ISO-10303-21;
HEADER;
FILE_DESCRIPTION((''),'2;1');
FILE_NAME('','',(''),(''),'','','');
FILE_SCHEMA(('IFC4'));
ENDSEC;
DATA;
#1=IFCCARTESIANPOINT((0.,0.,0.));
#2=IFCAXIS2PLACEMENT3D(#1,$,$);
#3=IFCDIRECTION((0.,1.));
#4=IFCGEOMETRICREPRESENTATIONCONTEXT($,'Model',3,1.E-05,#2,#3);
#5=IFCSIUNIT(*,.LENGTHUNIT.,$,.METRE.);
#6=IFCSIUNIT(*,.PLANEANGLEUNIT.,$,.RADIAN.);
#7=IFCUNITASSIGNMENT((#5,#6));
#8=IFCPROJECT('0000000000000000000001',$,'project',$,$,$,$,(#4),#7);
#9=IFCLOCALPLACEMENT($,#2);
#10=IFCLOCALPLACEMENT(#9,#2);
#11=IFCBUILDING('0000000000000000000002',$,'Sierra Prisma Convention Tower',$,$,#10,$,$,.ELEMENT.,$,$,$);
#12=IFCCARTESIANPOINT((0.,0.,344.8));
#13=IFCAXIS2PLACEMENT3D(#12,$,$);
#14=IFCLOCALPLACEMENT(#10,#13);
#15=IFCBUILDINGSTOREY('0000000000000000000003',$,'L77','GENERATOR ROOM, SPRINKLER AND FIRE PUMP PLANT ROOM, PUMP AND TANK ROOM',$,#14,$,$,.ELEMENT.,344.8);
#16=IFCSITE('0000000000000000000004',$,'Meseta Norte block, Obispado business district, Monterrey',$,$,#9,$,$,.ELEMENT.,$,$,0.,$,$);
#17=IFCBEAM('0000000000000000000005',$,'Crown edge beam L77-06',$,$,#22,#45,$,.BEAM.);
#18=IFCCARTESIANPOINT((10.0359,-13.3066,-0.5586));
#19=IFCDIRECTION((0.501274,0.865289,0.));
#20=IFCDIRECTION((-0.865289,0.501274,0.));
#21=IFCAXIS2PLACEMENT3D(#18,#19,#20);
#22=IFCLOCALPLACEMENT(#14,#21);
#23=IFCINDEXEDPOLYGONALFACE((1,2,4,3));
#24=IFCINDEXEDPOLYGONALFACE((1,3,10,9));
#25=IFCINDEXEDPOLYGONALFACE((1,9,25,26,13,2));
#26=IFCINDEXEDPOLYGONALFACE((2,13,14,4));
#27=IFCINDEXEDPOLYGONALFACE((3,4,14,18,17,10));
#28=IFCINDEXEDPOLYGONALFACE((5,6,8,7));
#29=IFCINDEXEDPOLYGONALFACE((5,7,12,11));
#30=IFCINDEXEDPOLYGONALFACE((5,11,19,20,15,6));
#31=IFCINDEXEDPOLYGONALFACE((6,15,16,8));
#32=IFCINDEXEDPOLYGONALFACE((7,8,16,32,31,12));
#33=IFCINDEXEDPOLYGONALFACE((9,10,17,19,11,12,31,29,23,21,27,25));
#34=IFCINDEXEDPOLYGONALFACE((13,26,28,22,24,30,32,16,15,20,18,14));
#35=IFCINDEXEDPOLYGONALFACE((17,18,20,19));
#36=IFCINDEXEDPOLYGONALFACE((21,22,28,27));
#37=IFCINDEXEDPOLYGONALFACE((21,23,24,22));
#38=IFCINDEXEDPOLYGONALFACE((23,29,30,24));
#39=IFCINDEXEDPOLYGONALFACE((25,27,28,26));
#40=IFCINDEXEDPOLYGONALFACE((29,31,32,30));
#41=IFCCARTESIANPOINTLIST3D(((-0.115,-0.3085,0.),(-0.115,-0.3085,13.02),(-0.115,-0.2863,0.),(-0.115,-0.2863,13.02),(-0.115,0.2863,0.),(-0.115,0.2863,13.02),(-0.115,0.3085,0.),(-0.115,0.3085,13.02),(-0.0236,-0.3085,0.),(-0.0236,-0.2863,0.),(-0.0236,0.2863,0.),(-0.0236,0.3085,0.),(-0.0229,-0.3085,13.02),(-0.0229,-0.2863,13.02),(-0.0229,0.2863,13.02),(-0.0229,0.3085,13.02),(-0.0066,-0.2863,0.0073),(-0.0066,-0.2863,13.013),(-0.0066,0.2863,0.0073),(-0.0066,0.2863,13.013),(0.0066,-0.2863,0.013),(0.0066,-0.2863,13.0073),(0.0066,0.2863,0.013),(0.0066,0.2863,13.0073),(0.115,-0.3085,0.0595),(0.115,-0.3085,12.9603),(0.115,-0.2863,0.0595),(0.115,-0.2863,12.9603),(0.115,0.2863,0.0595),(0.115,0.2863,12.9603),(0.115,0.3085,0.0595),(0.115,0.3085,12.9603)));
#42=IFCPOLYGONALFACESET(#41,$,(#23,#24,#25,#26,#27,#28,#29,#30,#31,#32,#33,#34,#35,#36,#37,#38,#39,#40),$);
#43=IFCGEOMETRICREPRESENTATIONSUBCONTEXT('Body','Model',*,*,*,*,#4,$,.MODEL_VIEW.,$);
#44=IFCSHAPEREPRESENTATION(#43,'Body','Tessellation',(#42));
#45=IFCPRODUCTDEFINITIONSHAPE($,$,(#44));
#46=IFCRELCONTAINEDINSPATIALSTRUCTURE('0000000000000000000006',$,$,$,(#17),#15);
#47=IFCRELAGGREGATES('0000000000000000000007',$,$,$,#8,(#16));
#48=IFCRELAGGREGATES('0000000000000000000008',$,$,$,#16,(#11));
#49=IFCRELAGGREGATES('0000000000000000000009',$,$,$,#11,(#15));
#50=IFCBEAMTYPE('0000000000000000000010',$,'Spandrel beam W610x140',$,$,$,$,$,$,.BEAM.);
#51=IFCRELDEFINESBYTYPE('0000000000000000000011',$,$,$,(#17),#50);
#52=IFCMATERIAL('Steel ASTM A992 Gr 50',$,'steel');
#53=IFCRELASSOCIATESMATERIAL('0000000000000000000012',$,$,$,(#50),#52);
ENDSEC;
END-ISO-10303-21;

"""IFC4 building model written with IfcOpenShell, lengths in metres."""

from ifc_helpers import new_model, si_unit, direction, frame, origin, origin_2d, place, context, subcontext, project, spatial, i_section, extrude, clip, halfspace, material, material_profile, profile_set, type_object, element, save


model = new_model("IFC4")

# Units and contexts
model_context = context("Model", 3, precision=1e-05, world=origin(), true_north=direction((0.0, 1.0)))
body_context = subcontext(model_context, "Body", "Model", "MODEL_VIEW")
ifc_project = project(units=[si_unit("LENGTHUNIT", "METRE"), si_unit("PLANEANGLEUNIT", "RADIAN")], contexts=[model_context])

# Site, building, storey
site_placement = place(None, origin())
site = spatial("IfcSite", under=ifc_project, at=site_placement, Name="Meseta Norte block, Obispado business district, Monterrey", CompositionType="ELEMENT", RefElevation=0.0)
building_placement = place(site_placement, origin())
building = spatial("IfcBuilding", under=site, at=building_placement, Name="Sierra Prisma Convention Tower", CompositionType="ELEMENT")
storey_placement = place(building_placement, frame((0.0, 0.0, 344.8)))
storey = spatial("IfcBuildingStorey", under=building, at=storey_placement, Name="L77", Description="GENERATOR ROOM, SPRINKLER AND FIRE PUMP PLANT ROOM, PUMP AND TANK ROOM", CompositionType="ELEMENT", Elevation=344.8)

# Beam
ifc_material_1 = material(Name="Steel ASTM A992 Gr 50", Category="steel")
ifc_material_profile_1 = material_profile(ifc_material_1, i_section(OverallWidth=0.23, OverallDepth=0.6169, WebThickness=0.0132, FlangeThickness=0.0222, at=origin_2d()), Name="W610x140")
ifc_profile_set_1 = profile_set([ifc_material_profile_1], Name="Steel ASTM A992 Gr 50")
beam_type_1 = type_object("IfcBeamType", Name="Spandrel beam W610x140", PredefinedType="BEAM", material=ifc_profile_set_1)
beam_1_placement = place(storey_placement, frame((10.0359, -13.3066, -0.5586), z_axis=(0.501274, 0.865289, 0.0), x_axis=(-0.865289, 0.501274, 0.0)))
element("IfcBeam", 1, at=beam_1_placement, inside=storey, type_object=beam_type_1, Name="Crown edge beam L77-06", PredefinedType="BEAM", context=body_context, shape_type="SweptSolid", body=[
    clip(clip(extrude(i_section(OverallWidth=0.23, OverallDepth=0.6169, WebThickness=0.0132, FlangeThickness=0.0222, at=origin_2d()), origin(), (0.0, 0.0, 1.0), 13.02), halfspace(frame((-0.0452, 0.0, -0.0093), z_axis=(-0.394778, 0.0, 0.918776), x_axis=(0.918776, 0.0, 0.394778)), True)), halfspace(frame((-0.0454, 0.0, 13.0298), z_axis=(-0.39748, 0.0, -0.917611), x_axis=(0.917611, 0.0, -0.39748)), True)),
])

save(model, "model.ifc")
